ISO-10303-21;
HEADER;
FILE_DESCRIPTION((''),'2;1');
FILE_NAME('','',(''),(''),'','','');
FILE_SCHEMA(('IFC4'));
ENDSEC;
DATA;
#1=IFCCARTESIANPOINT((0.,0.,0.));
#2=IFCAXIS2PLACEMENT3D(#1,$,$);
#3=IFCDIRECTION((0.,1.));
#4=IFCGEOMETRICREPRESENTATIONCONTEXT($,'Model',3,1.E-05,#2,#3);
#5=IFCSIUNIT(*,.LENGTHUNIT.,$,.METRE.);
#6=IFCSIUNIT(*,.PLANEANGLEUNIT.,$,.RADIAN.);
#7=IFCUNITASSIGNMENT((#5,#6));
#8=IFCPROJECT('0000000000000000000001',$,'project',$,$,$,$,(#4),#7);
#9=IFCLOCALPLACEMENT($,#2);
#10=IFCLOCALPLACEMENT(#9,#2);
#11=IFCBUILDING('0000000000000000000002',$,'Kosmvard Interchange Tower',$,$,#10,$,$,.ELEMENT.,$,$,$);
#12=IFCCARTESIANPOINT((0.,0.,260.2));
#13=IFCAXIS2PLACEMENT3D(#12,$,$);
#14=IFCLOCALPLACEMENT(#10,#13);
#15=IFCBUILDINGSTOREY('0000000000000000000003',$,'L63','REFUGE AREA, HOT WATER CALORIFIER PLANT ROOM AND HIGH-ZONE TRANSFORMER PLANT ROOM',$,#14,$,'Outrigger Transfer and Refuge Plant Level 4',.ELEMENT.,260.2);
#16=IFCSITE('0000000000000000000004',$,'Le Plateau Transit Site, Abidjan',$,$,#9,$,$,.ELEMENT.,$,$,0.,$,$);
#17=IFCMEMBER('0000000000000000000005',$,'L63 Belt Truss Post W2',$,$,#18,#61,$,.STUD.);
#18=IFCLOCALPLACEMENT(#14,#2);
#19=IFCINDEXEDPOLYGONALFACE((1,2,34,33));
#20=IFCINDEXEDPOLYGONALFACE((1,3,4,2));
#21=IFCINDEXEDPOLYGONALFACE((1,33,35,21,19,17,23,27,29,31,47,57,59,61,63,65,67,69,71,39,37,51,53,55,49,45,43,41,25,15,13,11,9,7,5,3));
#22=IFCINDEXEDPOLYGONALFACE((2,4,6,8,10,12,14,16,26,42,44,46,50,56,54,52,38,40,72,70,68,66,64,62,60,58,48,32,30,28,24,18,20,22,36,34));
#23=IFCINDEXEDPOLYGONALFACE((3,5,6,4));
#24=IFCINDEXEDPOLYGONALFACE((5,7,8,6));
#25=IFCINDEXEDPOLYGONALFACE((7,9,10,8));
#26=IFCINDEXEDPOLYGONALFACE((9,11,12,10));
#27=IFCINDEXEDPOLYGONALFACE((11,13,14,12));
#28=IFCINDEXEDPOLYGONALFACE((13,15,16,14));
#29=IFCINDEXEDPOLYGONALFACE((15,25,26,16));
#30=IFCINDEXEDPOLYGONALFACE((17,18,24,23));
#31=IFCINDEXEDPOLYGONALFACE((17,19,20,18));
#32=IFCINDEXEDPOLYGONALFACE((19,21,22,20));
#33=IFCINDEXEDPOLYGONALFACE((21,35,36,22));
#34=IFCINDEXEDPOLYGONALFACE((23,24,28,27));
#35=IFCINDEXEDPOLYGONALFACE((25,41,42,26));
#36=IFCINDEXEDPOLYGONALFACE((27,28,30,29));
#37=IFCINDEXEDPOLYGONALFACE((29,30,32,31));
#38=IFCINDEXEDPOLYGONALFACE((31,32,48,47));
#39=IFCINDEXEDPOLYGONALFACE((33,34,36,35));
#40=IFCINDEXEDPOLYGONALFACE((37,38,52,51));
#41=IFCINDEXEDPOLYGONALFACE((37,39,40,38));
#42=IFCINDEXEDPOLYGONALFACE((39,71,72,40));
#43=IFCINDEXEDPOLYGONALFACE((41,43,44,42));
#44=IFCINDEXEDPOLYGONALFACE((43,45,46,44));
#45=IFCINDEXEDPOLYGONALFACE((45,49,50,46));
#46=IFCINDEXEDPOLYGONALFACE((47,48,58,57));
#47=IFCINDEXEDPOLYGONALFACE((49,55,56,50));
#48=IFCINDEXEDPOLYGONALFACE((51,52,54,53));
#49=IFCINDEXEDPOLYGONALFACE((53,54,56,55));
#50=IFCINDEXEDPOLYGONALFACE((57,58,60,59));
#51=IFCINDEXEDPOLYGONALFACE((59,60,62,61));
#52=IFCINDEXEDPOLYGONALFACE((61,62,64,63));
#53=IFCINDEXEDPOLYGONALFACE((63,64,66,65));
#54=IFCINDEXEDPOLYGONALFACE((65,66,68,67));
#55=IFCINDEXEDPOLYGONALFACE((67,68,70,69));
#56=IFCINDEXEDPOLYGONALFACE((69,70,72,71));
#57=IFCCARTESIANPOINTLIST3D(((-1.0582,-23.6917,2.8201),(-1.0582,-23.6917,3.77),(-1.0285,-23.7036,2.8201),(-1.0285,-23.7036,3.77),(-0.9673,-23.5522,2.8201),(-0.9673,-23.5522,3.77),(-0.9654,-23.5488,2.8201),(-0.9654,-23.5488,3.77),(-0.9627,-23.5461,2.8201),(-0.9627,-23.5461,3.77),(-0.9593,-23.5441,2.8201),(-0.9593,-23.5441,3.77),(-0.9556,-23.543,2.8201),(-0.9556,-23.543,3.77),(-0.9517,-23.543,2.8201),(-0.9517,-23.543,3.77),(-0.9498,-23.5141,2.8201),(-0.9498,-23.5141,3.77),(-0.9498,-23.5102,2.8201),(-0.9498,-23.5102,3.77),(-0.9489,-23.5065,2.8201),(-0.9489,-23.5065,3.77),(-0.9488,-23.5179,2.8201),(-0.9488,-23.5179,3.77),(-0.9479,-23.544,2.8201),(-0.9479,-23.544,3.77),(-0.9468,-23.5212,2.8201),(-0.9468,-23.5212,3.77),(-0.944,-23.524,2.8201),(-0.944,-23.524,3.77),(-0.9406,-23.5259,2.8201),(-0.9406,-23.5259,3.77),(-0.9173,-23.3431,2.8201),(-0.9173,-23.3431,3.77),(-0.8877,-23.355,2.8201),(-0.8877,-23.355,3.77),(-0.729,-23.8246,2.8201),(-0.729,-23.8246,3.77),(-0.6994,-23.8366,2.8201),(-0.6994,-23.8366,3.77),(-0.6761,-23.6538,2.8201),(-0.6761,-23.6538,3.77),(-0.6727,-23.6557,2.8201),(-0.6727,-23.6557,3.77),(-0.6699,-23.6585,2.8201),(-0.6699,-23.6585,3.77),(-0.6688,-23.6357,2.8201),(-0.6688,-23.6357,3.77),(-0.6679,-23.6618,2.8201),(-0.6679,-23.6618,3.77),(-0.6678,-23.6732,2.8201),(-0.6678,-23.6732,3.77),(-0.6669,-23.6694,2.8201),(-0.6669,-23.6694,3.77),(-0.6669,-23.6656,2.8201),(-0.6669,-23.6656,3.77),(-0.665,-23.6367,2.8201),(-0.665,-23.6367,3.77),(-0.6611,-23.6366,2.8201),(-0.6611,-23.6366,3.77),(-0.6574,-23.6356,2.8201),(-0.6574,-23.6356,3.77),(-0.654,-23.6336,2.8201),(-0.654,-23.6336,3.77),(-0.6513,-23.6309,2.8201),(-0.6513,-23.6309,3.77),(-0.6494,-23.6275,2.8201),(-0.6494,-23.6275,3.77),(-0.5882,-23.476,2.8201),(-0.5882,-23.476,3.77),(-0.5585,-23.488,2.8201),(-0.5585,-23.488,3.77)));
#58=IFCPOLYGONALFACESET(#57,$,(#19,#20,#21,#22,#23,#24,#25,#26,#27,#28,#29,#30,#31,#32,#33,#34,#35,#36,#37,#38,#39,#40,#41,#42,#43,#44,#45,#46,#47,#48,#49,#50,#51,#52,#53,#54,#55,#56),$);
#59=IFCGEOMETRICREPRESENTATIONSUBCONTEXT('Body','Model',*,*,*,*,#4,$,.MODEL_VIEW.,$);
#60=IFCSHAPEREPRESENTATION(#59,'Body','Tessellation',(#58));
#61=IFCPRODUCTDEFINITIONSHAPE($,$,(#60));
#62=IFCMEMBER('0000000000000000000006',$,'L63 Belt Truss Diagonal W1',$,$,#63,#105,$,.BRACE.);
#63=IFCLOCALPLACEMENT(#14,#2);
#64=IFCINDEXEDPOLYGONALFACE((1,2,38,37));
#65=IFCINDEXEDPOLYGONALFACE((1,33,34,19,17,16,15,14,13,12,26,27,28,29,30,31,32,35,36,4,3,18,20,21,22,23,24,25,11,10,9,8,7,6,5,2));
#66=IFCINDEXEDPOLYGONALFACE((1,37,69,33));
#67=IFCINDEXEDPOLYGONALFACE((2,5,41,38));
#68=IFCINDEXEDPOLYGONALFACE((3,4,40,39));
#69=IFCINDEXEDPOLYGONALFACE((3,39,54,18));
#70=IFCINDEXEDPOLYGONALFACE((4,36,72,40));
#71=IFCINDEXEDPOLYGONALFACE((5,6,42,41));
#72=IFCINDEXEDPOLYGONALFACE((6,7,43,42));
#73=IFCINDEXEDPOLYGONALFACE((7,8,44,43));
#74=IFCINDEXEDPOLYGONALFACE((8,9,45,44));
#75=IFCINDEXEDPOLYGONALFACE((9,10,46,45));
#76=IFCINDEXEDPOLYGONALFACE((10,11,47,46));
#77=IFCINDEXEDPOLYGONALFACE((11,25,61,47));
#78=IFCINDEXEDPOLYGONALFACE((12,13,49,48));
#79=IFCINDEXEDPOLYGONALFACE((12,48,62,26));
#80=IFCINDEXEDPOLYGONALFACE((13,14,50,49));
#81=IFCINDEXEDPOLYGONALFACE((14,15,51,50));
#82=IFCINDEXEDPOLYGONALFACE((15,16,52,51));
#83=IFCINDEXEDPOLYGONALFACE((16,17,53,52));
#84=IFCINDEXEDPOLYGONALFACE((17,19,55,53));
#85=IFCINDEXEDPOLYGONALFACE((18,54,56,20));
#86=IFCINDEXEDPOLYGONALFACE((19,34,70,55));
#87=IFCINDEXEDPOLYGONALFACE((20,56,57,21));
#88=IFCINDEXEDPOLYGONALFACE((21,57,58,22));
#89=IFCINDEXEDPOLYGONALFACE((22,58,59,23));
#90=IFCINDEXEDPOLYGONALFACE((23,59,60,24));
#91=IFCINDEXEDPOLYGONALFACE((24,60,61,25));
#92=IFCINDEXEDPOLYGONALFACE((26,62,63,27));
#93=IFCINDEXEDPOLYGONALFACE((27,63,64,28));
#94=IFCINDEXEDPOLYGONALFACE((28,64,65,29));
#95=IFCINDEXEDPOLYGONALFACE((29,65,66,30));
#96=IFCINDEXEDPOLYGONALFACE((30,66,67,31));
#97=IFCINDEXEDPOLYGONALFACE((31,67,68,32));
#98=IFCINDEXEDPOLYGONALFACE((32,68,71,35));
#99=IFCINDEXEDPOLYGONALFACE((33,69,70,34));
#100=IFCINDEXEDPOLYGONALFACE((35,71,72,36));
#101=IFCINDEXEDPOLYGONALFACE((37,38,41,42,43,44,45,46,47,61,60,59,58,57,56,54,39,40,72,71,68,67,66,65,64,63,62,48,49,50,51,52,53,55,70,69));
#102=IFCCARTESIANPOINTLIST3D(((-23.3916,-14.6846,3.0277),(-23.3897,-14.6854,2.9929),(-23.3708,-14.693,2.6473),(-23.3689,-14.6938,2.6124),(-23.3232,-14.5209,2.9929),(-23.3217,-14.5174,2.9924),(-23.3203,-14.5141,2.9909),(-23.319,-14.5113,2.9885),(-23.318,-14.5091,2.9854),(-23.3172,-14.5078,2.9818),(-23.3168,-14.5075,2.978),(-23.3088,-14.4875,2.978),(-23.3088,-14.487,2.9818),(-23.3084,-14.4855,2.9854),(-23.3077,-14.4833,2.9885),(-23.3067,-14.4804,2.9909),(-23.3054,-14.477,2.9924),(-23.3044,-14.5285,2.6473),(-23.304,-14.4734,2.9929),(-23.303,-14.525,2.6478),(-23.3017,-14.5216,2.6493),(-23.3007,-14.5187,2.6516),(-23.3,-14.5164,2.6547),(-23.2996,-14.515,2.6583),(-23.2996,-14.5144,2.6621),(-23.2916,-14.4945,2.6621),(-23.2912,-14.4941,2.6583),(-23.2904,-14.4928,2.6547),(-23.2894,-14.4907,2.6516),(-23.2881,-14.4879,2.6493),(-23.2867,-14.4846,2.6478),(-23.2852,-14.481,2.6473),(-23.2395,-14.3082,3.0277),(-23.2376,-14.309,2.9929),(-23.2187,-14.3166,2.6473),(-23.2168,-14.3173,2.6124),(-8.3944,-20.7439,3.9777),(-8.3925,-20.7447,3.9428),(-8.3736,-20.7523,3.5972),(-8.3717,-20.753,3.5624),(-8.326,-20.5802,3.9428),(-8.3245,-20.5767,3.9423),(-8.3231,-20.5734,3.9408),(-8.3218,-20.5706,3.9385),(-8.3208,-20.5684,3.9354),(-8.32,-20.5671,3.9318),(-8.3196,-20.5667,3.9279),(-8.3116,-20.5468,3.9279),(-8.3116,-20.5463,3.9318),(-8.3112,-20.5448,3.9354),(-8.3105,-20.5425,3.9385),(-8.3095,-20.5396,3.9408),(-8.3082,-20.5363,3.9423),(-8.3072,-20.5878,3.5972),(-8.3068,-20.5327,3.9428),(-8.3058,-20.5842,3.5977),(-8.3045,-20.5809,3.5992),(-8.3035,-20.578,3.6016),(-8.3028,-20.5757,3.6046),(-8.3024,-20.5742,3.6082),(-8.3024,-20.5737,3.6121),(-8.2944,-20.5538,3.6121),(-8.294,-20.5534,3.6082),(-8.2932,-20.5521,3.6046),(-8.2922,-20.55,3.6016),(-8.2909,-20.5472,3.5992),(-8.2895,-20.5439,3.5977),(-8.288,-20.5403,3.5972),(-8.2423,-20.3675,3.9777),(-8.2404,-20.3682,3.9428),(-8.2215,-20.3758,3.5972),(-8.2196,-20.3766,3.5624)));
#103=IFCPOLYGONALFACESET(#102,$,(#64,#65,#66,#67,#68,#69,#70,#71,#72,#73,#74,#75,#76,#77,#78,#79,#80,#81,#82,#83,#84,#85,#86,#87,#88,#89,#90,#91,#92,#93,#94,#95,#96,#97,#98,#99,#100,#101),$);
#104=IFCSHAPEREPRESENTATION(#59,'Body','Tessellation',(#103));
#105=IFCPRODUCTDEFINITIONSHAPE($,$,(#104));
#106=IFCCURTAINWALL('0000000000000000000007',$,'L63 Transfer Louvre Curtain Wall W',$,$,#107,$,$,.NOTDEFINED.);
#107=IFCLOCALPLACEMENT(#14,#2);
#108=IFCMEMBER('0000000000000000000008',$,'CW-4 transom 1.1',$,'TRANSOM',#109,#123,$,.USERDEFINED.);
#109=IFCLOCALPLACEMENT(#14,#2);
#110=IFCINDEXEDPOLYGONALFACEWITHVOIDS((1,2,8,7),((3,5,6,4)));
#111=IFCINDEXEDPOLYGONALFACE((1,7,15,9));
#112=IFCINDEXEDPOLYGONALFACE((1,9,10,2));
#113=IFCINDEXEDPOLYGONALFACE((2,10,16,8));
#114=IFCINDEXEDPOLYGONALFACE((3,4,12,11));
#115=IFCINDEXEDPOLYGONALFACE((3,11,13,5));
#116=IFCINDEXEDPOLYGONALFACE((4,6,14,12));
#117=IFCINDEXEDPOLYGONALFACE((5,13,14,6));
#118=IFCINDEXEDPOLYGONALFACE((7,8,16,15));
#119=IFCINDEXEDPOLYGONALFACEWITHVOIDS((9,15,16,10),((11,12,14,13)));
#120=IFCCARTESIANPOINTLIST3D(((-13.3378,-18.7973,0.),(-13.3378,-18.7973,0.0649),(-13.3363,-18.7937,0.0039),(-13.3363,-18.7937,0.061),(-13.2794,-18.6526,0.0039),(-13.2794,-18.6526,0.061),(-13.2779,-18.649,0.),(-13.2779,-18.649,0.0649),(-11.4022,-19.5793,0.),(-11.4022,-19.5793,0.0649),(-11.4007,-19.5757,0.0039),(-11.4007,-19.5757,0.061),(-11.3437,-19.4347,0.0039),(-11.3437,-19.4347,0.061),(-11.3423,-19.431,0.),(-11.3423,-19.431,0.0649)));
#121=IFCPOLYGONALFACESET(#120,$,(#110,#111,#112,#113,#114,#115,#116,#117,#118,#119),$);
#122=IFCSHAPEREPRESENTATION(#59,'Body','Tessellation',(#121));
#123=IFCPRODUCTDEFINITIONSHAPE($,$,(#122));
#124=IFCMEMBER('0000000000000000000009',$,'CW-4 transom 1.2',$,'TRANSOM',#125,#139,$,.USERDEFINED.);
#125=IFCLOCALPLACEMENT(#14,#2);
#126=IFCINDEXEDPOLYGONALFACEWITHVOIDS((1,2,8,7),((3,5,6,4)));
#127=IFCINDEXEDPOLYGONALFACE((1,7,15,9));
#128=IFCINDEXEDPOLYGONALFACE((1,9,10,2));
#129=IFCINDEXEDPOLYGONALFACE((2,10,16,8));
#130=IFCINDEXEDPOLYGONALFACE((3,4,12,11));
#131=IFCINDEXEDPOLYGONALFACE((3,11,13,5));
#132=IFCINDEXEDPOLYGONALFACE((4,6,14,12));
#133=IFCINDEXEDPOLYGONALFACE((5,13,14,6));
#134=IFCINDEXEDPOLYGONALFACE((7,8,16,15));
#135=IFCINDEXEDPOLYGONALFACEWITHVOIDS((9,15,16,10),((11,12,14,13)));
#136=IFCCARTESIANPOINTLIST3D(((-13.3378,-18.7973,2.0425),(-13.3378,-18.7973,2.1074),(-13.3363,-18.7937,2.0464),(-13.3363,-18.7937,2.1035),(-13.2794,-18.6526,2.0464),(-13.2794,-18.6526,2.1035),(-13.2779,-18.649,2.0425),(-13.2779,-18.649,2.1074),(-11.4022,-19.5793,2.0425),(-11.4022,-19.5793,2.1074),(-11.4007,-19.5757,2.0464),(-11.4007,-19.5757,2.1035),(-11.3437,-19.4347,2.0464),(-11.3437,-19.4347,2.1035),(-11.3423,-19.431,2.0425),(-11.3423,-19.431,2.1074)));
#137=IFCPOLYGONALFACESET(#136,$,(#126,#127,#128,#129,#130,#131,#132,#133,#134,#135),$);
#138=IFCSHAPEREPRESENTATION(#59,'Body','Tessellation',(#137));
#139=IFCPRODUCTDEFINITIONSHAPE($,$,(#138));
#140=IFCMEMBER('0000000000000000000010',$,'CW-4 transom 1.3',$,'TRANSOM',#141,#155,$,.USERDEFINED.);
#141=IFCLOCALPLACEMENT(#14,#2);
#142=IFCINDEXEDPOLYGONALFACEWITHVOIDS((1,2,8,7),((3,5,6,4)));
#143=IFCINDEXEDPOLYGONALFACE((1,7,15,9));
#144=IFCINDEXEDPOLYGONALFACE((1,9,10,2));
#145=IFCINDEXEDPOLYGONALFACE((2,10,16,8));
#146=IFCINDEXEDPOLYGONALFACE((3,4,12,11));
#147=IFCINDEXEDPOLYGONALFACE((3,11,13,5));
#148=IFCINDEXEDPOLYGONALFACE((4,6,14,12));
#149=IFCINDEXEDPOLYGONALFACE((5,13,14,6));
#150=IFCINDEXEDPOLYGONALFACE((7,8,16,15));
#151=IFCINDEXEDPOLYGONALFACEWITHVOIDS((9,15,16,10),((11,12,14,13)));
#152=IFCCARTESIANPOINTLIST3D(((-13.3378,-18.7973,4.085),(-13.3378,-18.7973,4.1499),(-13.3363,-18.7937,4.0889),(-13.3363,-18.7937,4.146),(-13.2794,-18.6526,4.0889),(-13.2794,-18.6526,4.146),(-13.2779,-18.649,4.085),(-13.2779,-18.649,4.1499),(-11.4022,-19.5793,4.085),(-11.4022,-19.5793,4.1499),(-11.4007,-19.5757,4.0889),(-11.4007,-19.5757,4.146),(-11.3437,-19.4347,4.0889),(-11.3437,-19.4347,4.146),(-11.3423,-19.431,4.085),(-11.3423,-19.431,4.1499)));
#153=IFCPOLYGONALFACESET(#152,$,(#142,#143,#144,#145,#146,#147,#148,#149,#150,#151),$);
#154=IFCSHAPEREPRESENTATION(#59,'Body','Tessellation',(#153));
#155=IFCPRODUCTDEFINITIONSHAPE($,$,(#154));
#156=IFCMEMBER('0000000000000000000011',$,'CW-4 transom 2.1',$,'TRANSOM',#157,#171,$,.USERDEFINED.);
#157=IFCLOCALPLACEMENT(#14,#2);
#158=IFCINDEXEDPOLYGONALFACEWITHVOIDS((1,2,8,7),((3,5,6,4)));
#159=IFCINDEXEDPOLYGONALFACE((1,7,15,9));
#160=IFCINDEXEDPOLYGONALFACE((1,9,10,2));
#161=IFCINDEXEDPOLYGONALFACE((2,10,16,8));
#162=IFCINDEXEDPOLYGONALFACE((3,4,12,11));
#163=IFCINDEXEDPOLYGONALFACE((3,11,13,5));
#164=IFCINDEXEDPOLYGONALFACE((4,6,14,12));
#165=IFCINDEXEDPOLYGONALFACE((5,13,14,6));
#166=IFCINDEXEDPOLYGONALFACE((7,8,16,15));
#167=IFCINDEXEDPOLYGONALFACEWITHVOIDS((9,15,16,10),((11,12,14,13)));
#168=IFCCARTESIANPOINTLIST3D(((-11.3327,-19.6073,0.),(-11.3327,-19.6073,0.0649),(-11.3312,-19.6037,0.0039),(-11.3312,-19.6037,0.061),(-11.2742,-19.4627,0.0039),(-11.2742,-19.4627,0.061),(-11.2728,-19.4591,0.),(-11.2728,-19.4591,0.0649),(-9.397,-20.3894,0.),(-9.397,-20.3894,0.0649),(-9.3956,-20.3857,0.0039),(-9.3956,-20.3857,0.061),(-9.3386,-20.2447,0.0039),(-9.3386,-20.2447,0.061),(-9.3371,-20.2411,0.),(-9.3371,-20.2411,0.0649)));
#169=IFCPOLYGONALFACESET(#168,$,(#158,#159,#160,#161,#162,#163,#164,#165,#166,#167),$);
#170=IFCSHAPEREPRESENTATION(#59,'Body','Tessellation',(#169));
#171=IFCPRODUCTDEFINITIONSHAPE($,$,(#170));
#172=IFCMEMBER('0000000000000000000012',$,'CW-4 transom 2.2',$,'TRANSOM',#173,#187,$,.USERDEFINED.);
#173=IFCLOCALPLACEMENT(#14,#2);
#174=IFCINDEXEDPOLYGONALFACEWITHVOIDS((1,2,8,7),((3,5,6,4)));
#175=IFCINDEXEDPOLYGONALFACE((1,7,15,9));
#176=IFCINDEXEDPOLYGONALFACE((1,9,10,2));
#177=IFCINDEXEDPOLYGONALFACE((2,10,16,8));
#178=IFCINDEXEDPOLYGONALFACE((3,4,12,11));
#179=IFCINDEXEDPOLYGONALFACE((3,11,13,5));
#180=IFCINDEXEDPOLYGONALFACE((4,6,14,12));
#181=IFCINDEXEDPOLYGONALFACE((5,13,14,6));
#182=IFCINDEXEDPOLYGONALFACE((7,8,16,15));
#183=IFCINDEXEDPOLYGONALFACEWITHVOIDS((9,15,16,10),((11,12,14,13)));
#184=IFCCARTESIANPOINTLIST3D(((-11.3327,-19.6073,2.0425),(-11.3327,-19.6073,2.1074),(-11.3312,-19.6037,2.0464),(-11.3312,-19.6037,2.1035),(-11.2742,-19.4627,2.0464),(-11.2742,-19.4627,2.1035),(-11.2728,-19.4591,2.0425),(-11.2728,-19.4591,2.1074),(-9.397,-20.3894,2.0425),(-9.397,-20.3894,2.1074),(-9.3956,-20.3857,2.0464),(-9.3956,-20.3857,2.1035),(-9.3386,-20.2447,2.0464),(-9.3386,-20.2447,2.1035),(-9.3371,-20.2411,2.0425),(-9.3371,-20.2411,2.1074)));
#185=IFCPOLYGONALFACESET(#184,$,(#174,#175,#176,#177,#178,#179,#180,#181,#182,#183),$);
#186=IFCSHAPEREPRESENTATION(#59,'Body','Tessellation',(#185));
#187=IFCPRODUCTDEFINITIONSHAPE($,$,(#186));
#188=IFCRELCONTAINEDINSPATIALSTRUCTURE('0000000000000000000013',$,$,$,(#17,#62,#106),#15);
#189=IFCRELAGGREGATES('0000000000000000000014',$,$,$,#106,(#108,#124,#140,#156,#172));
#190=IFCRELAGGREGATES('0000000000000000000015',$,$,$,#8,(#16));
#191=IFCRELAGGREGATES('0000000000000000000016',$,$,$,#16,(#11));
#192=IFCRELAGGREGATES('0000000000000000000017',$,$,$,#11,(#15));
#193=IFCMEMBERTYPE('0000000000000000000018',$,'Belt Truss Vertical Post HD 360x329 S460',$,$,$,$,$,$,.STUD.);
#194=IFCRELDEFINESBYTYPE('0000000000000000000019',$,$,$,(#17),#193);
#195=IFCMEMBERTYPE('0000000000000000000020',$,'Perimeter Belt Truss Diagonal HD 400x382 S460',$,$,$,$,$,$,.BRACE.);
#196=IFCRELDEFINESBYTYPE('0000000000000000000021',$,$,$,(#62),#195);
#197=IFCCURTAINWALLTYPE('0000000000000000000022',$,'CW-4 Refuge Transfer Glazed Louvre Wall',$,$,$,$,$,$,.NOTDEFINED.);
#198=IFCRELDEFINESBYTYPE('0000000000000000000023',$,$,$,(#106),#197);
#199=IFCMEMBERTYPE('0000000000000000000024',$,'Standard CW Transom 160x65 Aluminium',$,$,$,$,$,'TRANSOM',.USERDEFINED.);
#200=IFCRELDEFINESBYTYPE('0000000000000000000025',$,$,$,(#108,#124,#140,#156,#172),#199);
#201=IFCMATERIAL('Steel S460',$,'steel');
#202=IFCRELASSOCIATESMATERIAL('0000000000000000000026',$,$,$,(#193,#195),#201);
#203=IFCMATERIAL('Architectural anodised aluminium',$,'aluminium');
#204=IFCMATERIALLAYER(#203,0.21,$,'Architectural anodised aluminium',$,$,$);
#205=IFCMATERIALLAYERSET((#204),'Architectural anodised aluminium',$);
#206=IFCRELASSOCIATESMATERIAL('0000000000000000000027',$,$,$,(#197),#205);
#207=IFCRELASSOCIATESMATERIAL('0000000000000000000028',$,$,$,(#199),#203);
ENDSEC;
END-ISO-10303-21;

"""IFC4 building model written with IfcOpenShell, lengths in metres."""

from ifc_helpers import new_model, si_unit, direction, frame, origin, origin_2d, place, context, subcontext, project, spatial, hollow_rectangle, i_section, extrude, source, transform, mapped, material, layer, layer_set, material_profile, profile_set, type_object, element, aggregate, save


model = new_model("IFC4")

# Units and contexts
model_context = context("Model", 3, precision=1e-05, world=origin(), true_north=direction((0.0, 1.0)))
body_context = subcontext(model_context, "Body", "Model", "MODEL_VIEW")
ifc_project = project(units=[si_unit("LENGTHUNIT", "METRE"), si_unit("PLANEANGLEUNIT", "RADIAN")], contexts=[model_context])

# Site, building, storey
site_placement = place(None, origin())
site = spatial("IfcSite", under=ifc_project, at=site_placement, Name="Le Plateau Transit Site, Abidjan", CompositionType="ELEMENT", RefElevation=0.0)
building_placement = place(site_placement, origin())
building = spatial("IfcBuilding", under=site, at=building_placement, Name="Kosmvard Interchange Tower", CompositionType="ELEMENT")
storey_placement = place(building_placement, frame((0.0, 0.0, 260.2)))
storey = spatial("IfcBuildingStorey", under=building, at=storey_placement, Name="L63", Description="REFUGE AREA, HOT WATER CALORIFIER PLANT ROOM AND HIGH-ZONE TRANSFORMER PLANT ROOM", LongName="Outrigger Transfer and Refuge Plant Level 4", CompositionType="ELEMENT", Elevation=260.2)

# Members
ifc_material_1 = material(Name="Steel S460", Category="steel")
ifc_material_profile_1 = material_profile(ifc_material_1, i_section(OverallWidth=0.376, OverallDepth=0.387, WebThickness=0.0195, FlangeThickness=0.032, FilletRadius=0.0149, at=origin_2d()), Name="HD 360x329")
ifc_profile_set_1 = profile_set([ifc_material_profile_1], Name="Steel S460")
member_type_1 = type_object("IfcMemberType", Name="Belt Truss Vertical Post HD 360x329 S460", PredefinedType="STUD", material=ifc_profile_set_1)
shared_shape_1 = source(origin(), body_context, "Body", "SweptSolid", [
    extrude(i_section(OverallWidth=0.376, OverallDepth=0.387, WebThickness=0.0195, FlangeThickness=0.032, FilletRadius=0.0149, at=origin_2d()), origin(), (0.0, 0.0, 1.0), 0.95),
])
for number, where, z_axis, x_axis, name in (
    (1, (-0.8083, -23.5898, 2.8201), (0.0, 0.0, 1.0), (0.374607, 0.927184, 0.0), "L63 Belt Truss Post W2"),
):
    element("IfcMember", number, at=place(storey_placement, frame(where, z_axis=z_axis, x_axis=x_axis)), inside=storey, type_object=member_type_1, Name=name, PredefinedType="STUD", context=body_context, shape_type="MappedRepresentation", body=[
        mapped(shared_shape_1, transform((0.0, 0.0, 0.0), scale=1.0)),
    ])
ifc_material_profile_2 = material_profile(ifc_material_1, i_section(OverallWidth=0.406, OverallDepth=0.416, WebThickness=0.0215, FlangeThickness=0.0349, FilletRadius=0.0149, at=origin_2d()), Name="HD 400x382")
ifc_profile_set_2 = profile_set([ifc_material_profile_2], Name="Steel S460")
member_type_2 = type_object("IfcMemberType", Name="Perimeter Belt Truss Diagonal HD 400x382 S460", PredefinedType="BRACE", material=ifc_profile_set_2)
shared_shape_2 = source(origin(), body_context, "Body", "SweptSolid", [
    extrude(i_section(OverallWidth=0.406, OverallDepth=0.416, WebThickness=0.0215, FlangeThickness=0.0349, FilletRadius=0.0149, at=origin_2d()), origin(), (0.0, 0.0, 1.0), 16.2029),
])
member_1_placement = place(storey_placement, frame((-23.3042, -14.501, 2.8201), z_axis=(0.925589, -0.373963, 0.058628), x_axis=(0.374608, 0.927183, 0.0)))
element("IfcMember", 2, at=member_1_placement, inside=storey, type_object=member_type_2, Name="L63 Belt Truss Diagonal W1", PredefinedType="BRACE", context=body_context, shape_type="MappedRepresentation", body=[
    mapped(shared_shape_2, transform((0.0, 0.0, 0.0), scale=1.0)),
])

# Curtain wall, members
ifc_material_2 = material(Name="Architectural anodised aluminium", Category="aluminium")
ifc_layer_1 = layer(ifc_material_2, 0.21, Name="Architectural anodised aluminium")
ifc_layer_set_1 = layer_set([ifc_layer_1], Name="Architectural anodised aluminium")
curtain_wall_type = type_object("IfcCurtainWallType", Name="CW-4 Refuge Transfer Glazed Louvre Wall", PredefinedType="NOTDEFINED", material=ifc_layer_set_1)
curtain_wall_placement = place(storey_placement, origin())
curtain_wall = element("IfcCurtainWall", 3, at=curtain_wall_placement, inside=storey, type_object=curtain_wall_type, Name="L63 Transfer Louvre Curtain Wall W", PredefinedType="NOTDEFINED")
ifc_material_profile_3 = material_profile(ifc_material_2, hollow_rectangle(XDim=0.1599, YDim=0.0649, WallThickness=0.0039, at=origin_2d()), Name="CWT 160x65x4")
ifc_profile_set_3 = profile_set([ifc_material_profile_3], Name="Architectural anodised aluminium")
member_type_3 = type_object("IfcMemberType", Name="Standard CW Transom 160x65 Aluminium", ElementType="TRANSOM", PredefinedType="USERDEFINED", material=ifc_profile_set_3)
shared_shape_3 = source(origin(), body_context, "Body", "SweptSolid", [
    extrude(hollow_rectangle(XDim=0.1599, YDim=0.0649, WallThickness=0.0039, at=origin_2d()), origin(), (0.0, 0.0, 1.0), 2.0876),
])
member_2_placement = place(storey_placement, frame((-13.3079, -18.7231, 0.0325), z_axis=(0.927189, -0.374595, 0.0), x_axis=(0.374595, 0.927189, 0.0)))
member_2 = element("IfcMember", 4, at=member_2_placement, type_object=member_type_3, Name="CW-4 transom 1.1", ObjectType="TRANSOM", PredefinedType="USERDEFINED", context=body_context, shape_type="MappedRepresentation", body=[
    mapped(shared_shape_3, transform((0.0, 0.0, 0.0), scale=1.0)),
])
member_3_placement = place(storey_placement, frame((-13.3079, -18.7231, 2.075), z_axis=(0.927189, -0.374595, 0.0), x_axis=(0.374595, 0.927189, 0.0)))
member_3 = element("IfcMember", 5, at=member_3_placement, type_object=member_type_3, Name="CW-4 transom 1.2", ObjectType="TRANSOM", PredefinedType="USERDEFINED", context=body_context, shape_type="MappedRepresentation", body=[
    mapped(shared_shape_3, transform((0.0, 0.0, 0.0), scale=1.0)),
])
member_4_placement = place(storey_placement, frame((-13.3079, -18.7231, 4.1174), z_axis=(0.927189, -0.374595, 0.0), x_axis=(0.374595, 0.927189, 0.0)))
member_4 = element("IfcMember", 6, at=member_4_placement, type_object=member_type_3, Name="CW-4 transom 1.3", ObjectType="TRANSOM", PredefinedType="USERDEFINED", context=body_context, shape_type="MappedRepresentation", body=[
    mapped(shared_shape_3, transform((0.0, 0.0, 0.0), scale=1.0)),
])
member_5_placement = place(storey_placement, frame((-11.3027, -19.5332, 0.0325), z_axis=(0.927189, -0.374595, 0.0), x_axis=(0.374595, 0.927189, 0.0)))
member_5 = element("IfcMember", 7, at=member_5_placement, type_object=member_type_3, Name="CW-4 transom 2.1", ObjectType="TRANSOM", PredefinedType="USERDEFINED", context=body_context, shape_type="MappedRepresentation", body=[
    mapped(shared_shape_3, transform((0.0, 0.0, 0.0), scale=1.0)),
])
member_6_placement = place(storey_placement, frame((-11.3027, -19.5332, 2.075), z_axis=(0.927189, -0.374595, 0.0), x_axis=(0.374595, 0.927189, 0.0)))
member_6 = element("IfcMember", 8, at=member_6_placement, type_object=member_type_3, Name="CW-4 transom 2.2", ObjectType="TRANSOM", PredefinedType="USERDEFINED", context=body_context, shape_type="MappedRepresentation", body=[
    mapped(shared_shape_3, transform((0.0, 0.0, 0.0), scale=1.0)),
])

aggregate(curtain_wall, [member_2, member_3, member_4, member_5, member_6])

save(model, "model.ifc")
